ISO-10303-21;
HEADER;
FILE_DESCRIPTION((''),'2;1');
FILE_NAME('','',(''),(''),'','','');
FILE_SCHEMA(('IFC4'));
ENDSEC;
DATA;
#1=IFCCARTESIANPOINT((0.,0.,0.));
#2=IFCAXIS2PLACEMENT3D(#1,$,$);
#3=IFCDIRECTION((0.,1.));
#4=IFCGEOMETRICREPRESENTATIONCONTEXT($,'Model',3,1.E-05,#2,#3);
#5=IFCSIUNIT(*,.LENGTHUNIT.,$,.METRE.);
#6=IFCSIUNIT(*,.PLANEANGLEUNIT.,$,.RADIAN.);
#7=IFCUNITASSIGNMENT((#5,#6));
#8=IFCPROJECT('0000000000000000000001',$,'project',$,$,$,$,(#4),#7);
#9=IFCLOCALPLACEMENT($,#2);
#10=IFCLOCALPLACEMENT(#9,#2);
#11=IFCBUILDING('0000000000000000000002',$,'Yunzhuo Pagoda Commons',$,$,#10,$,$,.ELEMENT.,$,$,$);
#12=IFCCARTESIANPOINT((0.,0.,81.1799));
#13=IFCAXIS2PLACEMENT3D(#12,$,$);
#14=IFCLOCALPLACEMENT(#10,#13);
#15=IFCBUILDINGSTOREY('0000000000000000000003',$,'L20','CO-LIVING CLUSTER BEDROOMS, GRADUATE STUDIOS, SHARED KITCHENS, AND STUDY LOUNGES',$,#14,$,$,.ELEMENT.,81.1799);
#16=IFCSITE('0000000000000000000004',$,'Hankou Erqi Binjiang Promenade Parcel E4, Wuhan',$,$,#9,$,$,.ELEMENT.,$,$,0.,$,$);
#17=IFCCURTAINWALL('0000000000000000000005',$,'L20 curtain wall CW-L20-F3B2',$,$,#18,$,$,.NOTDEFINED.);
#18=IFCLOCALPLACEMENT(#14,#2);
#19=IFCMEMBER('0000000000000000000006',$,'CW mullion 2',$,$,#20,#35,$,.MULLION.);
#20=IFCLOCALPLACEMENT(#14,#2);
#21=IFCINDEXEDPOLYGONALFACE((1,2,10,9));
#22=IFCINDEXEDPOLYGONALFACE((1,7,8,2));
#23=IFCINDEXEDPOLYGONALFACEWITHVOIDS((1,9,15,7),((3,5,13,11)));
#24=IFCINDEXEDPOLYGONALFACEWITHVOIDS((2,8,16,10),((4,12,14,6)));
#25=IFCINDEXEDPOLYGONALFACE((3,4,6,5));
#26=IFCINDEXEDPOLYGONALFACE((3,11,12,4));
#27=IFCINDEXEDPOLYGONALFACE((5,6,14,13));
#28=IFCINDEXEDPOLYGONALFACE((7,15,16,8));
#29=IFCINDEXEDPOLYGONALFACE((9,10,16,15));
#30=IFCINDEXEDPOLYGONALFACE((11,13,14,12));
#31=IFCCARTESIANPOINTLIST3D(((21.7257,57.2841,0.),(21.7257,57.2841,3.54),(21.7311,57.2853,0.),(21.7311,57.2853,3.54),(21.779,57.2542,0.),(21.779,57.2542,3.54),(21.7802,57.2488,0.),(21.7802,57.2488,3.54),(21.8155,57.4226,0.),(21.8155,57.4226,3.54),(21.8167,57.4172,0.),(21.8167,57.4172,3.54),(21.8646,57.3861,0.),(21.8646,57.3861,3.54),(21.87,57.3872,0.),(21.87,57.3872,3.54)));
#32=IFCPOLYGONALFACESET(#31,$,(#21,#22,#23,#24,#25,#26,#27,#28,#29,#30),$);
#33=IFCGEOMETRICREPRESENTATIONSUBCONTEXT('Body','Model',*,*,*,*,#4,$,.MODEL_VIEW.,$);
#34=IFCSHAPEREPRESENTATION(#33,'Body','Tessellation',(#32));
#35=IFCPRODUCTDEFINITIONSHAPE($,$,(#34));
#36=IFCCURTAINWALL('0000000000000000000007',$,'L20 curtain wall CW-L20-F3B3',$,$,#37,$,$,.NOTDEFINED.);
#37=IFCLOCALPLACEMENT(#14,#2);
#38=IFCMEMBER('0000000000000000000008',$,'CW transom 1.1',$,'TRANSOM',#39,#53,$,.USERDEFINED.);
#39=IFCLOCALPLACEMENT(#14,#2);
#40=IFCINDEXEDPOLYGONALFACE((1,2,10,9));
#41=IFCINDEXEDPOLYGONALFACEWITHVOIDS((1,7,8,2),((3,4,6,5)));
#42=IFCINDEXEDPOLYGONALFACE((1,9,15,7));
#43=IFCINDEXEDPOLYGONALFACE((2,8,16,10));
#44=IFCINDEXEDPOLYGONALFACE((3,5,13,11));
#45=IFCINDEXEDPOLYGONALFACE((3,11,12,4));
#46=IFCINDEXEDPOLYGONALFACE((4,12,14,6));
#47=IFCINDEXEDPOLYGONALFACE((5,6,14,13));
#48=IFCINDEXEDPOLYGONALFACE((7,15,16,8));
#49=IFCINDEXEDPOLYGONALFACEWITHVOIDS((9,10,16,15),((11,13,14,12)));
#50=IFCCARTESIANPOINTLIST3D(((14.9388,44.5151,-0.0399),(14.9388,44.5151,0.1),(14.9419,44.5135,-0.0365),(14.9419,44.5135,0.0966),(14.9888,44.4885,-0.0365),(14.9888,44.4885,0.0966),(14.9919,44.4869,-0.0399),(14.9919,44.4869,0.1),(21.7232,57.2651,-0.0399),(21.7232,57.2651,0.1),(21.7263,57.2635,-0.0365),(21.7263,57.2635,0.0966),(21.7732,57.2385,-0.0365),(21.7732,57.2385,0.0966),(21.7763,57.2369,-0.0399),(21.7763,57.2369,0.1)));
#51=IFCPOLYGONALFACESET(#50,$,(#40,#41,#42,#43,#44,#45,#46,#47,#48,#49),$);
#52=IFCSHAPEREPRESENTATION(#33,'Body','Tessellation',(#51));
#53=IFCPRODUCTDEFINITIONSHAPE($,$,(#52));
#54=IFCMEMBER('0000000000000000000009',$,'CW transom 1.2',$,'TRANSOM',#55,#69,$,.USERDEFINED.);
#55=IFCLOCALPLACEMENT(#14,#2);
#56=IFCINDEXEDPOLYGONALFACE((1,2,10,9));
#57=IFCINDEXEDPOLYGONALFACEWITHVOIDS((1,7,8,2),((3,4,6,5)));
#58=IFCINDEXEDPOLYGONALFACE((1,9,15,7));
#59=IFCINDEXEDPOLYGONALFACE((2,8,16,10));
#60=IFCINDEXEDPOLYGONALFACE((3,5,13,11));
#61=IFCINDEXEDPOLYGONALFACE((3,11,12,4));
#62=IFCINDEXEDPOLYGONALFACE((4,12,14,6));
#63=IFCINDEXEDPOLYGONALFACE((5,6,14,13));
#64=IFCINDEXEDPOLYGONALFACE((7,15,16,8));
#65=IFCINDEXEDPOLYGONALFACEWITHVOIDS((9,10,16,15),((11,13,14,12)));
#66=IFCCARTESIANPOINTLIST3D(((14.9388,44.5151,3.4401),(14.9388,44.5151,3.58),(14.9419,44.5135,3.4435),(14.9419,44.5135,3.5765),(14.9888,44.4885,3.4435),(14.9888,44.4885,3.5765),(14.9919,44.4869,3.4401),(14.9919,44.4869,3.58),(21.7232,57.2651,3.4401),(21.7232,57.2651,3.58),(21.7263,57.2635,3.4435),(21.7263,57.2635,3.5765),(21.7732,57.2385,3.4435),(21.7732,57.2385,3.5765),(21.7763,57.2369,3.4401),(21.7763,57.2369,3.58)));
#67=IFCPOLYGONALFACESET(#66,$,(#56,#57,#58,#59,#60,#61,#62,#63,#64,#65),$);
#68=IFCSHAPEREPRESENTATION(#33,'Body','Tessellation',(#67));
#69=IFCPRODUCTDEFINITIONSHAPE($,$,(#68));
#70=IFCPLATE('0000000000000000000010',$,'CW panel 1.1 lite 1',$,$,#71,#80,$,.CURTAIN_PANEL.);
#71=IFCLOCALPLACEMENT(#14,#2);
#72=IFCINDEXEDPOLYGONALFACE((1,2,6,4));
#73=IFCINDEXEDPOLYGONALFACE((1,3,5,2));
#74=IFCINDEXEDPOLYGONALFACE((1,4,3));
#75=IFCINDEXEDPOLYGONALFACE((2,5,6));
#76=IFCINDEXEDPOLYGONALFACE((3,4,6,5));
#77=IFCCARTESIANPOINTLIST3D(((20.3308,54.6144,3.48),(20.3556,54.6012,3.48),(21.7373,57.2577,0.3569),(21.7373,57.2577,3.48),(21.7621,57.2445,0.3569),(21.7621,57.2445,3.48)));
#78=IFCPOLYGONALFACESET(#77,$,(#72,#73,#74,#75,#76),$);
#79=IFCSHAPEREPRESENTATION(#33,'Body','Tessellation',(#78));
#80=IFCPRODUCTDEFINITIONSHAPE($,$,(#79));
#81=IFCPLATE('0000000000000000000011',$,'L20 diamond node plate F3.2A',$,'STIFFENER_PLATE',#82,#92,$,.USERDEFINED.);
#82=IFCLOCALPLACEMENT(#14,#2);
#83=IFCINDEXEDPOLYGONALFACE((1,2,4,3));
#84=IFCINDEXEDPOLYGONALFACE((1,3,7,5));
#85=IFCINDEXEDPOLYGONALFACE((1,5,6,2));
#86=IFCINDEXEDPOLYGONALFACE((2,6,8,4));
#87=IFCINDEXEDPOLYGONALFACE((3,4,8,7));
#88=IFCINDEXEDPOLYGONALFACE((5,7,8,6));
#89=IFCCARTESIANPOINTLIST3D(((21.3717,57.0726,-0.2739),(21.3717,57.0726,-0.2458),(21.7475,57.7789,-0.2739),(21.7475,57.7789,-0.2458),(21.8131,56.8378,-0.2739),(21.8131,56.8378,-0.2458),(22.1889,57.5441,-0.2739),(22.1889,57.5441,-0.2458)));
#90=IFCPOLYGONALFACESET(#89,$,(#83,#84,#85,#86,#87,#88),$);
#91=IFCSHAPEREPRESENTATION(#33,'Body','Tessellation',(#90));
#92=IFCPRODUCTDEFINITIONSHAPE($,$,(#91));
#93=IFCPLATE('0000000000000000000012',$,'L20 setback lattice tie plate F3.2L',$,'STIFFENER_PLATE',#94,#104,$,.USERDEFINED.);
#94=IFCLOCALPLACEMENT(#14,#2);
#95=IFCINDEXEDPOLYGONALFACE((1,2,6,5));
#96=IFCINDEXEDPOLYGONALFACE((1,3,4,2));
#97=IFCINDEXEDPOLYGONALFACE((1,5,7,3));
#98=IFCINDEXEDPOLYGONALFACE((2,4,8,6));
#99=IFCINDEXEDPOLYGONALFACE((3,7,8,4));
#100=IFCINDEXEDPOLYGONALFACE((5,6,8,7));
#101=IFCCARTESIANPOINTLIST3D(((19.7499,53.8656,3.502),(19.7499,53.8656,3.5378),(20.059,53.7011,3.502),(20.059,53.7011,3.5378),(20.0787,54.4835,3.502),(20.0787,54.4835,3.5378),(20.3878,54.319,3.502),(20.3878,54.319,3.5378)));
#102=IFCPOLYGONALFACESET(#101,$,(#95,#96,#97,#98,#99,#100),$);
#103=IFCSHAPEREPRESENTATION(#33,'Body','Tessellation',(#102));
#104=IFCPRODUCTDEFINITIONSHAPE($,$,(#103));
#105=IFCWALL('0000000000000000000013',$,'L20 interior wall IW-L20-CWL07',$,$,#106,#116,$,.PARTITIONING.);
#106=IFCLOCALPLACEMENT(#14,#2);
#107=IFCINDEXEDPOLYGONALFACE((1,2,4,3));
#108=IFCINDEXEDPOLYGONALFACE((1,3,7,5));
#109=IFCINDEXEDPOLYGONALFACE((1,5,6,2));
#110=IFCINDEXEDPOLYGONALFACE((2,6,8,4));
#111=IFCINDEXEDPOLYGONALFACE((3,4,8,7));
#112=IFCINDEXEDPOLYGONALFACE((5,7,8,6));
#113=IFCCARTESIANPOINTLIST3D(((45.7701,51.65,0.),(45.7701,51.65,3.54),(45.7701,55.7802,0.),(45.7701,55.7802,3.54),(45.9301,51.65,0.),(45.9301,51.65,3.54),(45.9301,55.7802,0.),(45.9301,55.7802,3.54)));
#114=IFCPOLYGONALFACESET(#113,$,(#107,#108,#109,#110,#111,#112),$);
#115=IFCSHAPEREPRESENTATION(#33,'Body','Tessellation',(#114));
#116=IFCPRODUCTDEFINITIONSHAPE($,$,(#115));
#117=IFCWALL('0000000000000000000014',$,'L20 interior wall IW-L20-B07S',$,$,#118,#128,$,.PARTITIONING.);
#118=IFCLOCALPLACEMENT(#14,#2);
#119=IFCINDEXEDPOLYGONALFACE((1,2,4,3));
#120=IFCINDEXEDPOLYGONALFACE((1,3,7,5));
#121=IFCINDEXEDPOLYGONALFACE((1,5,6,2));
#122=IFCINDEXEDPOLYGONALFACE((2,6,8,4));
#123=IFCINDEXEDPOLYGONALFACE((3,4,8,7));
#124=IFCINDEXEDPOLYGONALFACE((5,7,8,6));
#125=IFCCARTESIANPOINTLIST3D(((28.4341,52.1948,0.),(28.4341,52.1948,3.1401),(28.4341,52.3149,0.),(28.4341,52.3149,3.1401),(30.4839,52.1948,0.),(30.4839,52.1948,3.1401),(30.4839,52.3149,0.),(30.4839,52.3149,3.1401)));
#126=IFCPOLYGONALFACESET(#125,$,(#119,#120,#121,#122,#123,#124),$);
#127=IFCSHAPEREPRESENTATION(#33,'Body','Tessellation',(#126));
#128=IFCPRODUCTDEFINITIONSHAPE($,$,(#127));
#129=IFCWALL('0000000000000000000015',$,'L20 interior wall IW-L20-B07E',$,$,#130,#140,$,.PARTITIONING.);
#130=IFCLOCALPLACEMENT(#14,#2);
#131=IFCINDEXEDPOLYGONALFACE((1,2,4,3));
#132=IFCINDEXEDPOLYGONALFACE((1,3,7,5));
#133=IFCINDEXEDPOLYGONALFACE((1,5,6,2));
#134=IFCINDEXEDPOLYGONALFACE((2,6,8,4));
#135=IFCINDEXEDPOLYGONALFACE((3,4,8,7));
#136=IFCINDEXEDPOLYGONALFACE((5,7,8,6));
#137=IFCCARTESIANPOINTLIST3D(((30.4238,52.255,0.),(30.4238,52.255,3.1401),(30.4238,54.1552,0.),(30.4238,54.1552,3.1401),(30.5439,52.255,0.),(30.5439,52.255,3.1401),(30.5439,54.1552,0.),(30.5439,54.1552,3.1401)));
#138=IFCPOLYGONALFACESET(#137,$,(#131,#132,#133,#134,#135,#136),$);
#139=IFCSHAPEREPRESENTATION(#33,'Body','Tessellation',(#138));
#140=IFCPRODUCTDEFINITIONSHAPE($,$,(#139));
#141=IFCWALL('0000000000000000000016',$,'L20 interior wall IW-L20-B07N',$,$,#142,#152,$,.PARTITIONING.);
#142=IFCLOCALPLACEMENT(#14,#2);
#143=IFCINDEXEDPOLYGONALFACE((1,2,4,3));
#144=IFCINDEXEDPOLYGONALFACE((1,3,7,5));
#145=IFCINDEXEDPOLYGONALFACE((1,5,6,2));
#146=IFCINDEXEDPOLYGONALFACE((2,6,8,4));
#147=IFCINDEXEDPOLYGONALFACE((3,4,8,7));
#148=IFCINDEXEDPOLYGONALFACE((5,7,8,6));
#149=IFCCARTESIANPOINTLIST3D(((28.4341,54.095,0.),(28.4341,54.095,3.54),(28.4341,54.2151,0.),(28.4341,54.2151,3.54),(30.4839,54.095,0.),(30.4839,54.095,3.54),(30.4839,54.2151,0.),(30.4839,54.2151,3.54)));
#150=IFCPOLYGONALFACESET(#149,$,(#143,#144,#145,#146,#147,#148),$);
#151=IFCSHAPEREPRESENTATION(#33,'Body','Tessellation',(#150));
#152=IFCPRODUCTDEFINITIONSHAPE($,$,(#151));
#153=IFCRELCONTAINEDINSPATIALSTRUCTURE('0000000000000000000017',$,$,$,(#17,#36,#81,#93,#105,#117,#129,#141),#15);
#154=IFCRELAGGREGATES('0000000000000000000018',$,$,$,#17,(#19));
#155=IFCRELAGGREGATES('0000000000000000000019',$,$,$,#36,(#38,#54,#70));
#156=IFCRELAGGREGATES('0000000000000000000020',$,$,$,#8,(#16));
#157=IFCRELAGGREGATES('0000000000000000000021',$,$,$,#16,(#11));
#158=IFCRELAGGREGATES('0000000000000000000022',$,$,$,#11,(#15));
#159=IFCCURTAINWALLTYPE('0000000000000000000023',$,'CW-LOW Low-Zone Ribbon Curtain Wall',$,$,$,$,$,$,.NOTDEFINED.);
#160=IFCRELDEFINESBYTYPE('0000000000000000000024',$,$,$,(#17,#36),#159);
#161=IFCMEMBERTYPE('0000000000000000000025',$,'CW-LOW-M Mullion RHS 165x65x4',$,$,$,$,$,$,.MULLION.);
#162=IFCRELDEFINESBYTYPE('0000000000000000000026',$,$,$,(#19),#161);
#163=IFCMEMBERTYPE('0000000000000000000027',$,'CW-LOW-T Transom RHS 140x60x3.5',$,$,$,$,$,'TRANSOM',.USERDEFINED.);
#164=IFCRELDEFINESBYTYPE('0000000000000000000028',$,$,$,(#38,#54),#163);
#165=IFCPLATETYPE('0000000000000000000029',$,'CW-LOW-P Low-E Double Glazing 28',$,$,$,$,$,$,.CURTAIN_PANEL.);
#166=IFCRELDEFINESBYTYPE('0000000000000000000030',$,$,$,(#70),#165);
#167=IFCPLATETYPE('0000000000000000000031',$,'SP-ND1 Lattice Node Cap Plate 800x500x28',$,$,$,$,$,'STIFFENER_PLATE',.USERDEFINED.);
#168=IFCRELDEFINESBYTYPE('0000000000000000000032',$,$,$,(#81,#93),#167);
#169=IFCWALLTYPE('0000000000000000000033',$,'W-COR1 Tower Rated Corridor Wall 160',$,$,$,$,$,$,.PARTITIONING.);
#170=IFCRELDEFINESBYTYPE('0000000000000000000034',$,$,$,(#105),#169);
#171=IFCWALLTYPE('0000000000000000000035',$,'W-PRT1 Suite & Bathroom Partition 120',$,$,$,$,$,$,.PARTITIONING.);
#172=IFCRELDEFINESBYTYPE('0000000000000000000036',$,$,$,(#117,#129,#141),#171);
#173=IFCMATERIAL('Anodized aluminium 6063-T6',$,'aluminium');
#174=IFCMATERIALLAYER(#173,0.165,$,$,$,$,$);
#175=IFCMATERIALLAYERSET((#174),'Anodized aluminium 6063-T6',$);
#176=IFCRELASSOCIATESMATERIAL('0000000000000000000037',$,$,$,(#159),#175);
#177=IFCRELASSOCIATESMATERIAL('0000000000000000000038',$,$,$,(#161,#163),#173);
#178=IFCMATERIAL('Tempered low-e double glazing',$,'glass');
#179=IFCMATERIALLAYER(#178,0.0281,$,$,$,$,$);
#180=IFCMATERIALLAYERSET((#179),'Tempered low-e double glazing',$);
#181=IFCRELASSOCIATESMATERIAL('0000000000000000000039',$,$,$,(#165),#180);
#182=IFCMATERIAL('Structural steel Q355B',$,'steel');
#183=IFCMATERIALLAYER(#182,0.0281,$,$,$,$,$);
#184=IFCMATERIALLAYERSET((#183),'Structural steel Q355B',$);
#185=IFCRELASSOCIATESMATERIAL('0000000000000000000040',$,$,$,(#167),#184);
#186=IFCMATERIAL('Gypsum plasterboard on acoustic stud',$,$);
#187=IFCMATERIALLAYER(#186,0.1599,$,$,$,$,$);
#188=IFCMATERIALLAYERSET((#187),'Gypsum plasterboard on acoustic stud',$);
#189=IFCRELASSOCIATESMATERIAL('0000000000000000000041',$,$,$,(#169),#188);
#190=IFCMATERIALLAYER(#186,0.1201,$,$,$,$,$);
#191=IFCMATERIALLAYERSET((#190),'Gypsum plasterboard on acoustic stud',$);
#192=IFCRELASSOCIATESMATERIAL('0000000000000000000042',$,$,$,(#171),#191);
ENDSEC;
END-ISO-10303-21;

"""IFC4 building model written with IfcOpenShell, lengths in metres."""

from ifc_helpers import new_model, si_unit, direction, frame, frame_2d, origin, origin_2d, place, context, subcontext, project, spatial, polyline, rectangle, hollow_rectangle, outline, extrude, source, transform, mapped, material, layer, layer_set, material_profile, profile_set, type_object, element, aggregate, save


model = new_model("IFC4")

# Units and contexts
model_context = context("Model", 3, precision=1e-05, world=origin(), true_north=direction((0.0, 1.0)))
body_context = subcontext(model_context, "Body", "Model", "MODEL_VIEW")
ifc_project = project(units=[si_unit("LENGTHUNIT", "METRE"), si_unit("PLANEANGLEUNIT", "RADIAN")], contexts=[model_context])

# Site, building, storey
site_placement = place(None, origin())
site = spatial("IfcSite", under=ifc_project, at=site_placement, Name="Hankou Erqi Binjiang Promenade Parcel E4, Wuhan", CompositionType="ELEMENT", RefElevation=0.0)
building_placement = place(site_placement, origin())
building = spatial("IfcBuilding", under=site, at=building_placement, Name="Yunzhuo Pagoda Commons", CompositionType="ELEMENT")
storey_placement = place(building_placement, frame((0.0, 0.0, 81.1799)))
storey = spatial("IfcBuildingStorey", under=building, at=storey_placement, Name="L20", Description="CO-LIVING CLUSTER BEDROOMS, GRADUATE STUDIOS, SHARED KITCHENS, AND STUDY LOUNGES", CompositionType="ELEMENT", Elevation=81.1799)

# Shared definitions
ifc_material_1 = material(Name="Structural steel Q355B", Category="steel")

# Curtain wall, member
ifc_material_2 = material(Name="Anodized aluminium 6063-T6", Category="aluminium")
ifc_layer_1 = layer(ifc_material_2, 0.165)
ifc_layer_set_1 = layer_set([ifc_layer_1], Name="Anodized aluminium 6063-T6")
curtain_wall_type = type_object("IfcCurtainWallType", Name="CW-LOW Low-Zone Ribbon Curtain Wall", PredefinedType="NOTDEFINED", material=ifc_layer_set_1)
curtain_wall_1_placement = place(storey_placement, origin())
curtain_wall_1 = element("IfcCurtainWall", 1, at=curtain_wall_1_placement, inside=storey, type_object=curtain_wall_type, Name="L20 curtain wall CW-L20-F3B2", PredefinedType="NOTDEFINED")
ifc_material_profile_1 = material_profile(ifc_material_2, hollow_rectangle(XDim=0.0649, YDim=0.165, WallThickness=0.0039, at=origin_2d()), Name="Anodized aluminium 6063-T6")
ifc_profile_set_1 = profile_set([ifc_material_profile_1], Name="Anodized aluminium 6063-T6")
member_type_1 = type_object("IfcMemberType", Name="CW-LOW-M Mullion RHS 165x65x4", PredefinedType="MULLION", material=ifc_profile_set_1)
shared_shape_1 = source(origin(), body_context, "Body", "SweptSolid", [
    extrude(hollow_rectangle(XDim=0.0649, YDim=0.165, WallThickness=0.0039, at=origin_2d()), origin(), (0.0, 0.0, 1.0), 3.54),
])
member_1_placement = place(storey_placement, frame((21.7979, 57.3357, 0.0), z_axis=(0.0, 0.0, 1.0), x_axis=(0.838907, -0.544275, 0.0)))
member_1 = element("IfcMember", 2, at=member_1_placement, type_object=member_type_1, Name="CW mullion 2", PredefinedType="MULLION", context=body_context, shape_type="MappedRepresentation", body=[
    mapped(shared_shape_1, transform((0.0, 0.0, 0.0), scale=1.0)),
])
aggregate(curtain_wall_1, [member_1])

# Curtain wall, members, plate
curtain_wall_2_placement = place(storey_placement, origin())
curtain_wall_2 = element("IfcCurtainWall", 3, at=curtain_wall_2_placement, inside=storey, type_object=curtain_wall_type, Name="L20 curtain wall CW-L20-F3B3", PredefinedType="NOTDEFINED")
ifc_material_profile_2 = material_profile(ifc_material_2, hollow_rectangle(XDim=0.0601, YDim=0.1399, WallThickness=0.0034, at=origin_2d()), Name="Anodized aluminium 6063-T6")
ifc_profile_set_2 = profile_set([ifc_material_profile_2], Name="Anodized aluminium 6063-T6")
member_type_2 = type_object("IfcMemberType", Name="CW-LOW-T Transom RHS 140x60x3.5", ElementType="TRANSOM", PredefinedType="USERDEFINED", material=ifc_profile_set_2)
shared_shape_2 = source(origin(), body_context, "Body", "SweptSolid", [
    extrude(hollow_rectangle(XDim=0.0601, YDim=0.1399, WallThickness=0.0034, at=origin_2d()), origin(), (0.0, 0.0, 1.0), 14.4426),
])
member_2_placement = place(storey_placement, frame((21.7498, 57.251, 0.03), z_axis=(-0.469748, -0.8828, 0.0), x_axis=(0.8828, -0.469748, 0.0)))
member_2 = element("IfcMember", 4, at=member_2_placement, type_object=member_type_2, Name="CW transom 1.1", ObjectType="TRANSOM", PredefinedType="USERDEFINED", context=body_context, shape_type="MappedRepresentation", body=[
    mapped(shared_shape_2, transform((0.0, 0.0, 0.0), scale=1.0)),
])
member_3_placement = place(storey_placement, frame((21.7498, 57.251, 3.51), z_axis=(-0.469748, -0.8828, 0.0), x_axis=(0.8828, -0.469748, 0.0)))
member_3 = element("IfcMember", 5, at=member_3_placement, type_object=member_type_2, Name="CW transom 1.2", ObjectType="TRANSOM", PredefinedType="USERDEFINED", context=body_context, shape_type="MappedRepresentation", body=[
    mapped(shared_shape_2, transform((0.0, 0.0, 0.0), scale=1.0)),
])
ifc_material_3 = material(Name="Tempered low-e double glazing", Category="glass")
ifc_layer_2 = layer(ifc_material_3, 0.0281)
ifc_layer_set_2 = layer_set([ifc_layer_2], Name="Tempered low-e double glazing")
plate_type_1 = type_object("IfcPlateType", Name="CW-LOW-P Low-E Double Glazing 28", PredefinedType="CURTAIN_PANEL", material=ifc_layer_set_2)
plate_1_placement = place(storey_placement, frame((21.0588, 55.9229, 1.9185), z_axis=(-0.882805, 0.46974, 0.0), x_axis=(-0.46974, -0.882805, 0.0)))
plate_1 = element("IfcPlate", 6, at=plate_1_placement, type_object=plate_type_1, Name="CW panel 1.1 lite 1", PredefinedType="CURTAIN_PANEL", context=body_context, shape_type="SweptSolid", body=[
    extrude(outline(polyline([(-1.4971, -1.5615), (1.4971, 1.5615), (-1.4971, 1.5615), (-1.4971, -1.5615)])), origin(), (0.0, 0.0, 1.0), 0.0281),
])
aggregate(curtain_wall_2, [member_2, member_3, plate_1])

# Plates
ifc_layer_3 = layer(ifc_material_1, 0.0281)
ifc_layer_set_3 = layer_set([ifc_layer_3], Name="Structural steel Q355B")
plate_type_2 = type_object("IfcPlateType", Name="SP-ND1 Lattice Node Cap Plate 800x500x28", ElementType="STIFFENER_PLATE", PredefinedType="USERDEFINED", material=ifc_layer_set_3)
shared_shape_3 = source(origin(), body_context, "Body", "SweptSolid", [
    extrude(rectangle(XDim=0.8, YDim=0.5, at=origin_2d()), origin(), (0.0, 0.0, 1.0), 0.0281),
])
plate_2_placement = place(storey_placement, frame((21.7803, 57.3083, -0.2739), z_axis=(0.0, 0.0, 1.0), x_axis=(-0.469734, -0.882808, 0.0)))
element("IfcPlate", 7, at=plate_2_placement, inside=storey, type_object=plate_type_2, Name="L20 diamond node plate F3.2A", ObjectType="STIFFENER_PLATE", PredefinedType="USERDEFINED", context=body_context, shape_type="MappedRepresentation", body=[
    mapped(shared_shape_3, transform((0.0, 0.0, 0.0), scale=1.0)),
])
shared_shape_4 = source(origin(), body_context, "Body", "SweptSolid", [
    extrude(rectangle(XDim=0.7, YDim=0.3501, at=origin_2d()), origin(), (0.0, 0.0, 1.0), 0.0359),
])
plate_3_placement = place(storey_placement, frame((20.0688, 54.0923, 3.502), z_axis=(0.0, 0.0, 1.0), x_axis=(-0.469734, -0.882808, 0.0)))
element("IfcPlate", 8, at=plate_3_placement, inside=storey, type_object=plate_type_2, Name="L20 setback lattice tie plate F3.2L", ObjectType="STIFFENER_PLATE", PredefinedType="USERDEFINED", context=body_context, shape_type="MappedRepresentation", body=[
    mapped(shared_shape_4, transform((0.0, 0.0, 0.0), scale=1.0)),
])

# Walls
ifc_material_4 = material(Name="Gypsum plasterboard on acoustic stud")
ifc_layer_4 = layer(ifc_material_4, 0.1599)
ifc_layer_set_4 = layer_set([ifc_layer_4], Name="Gypsum plasterboard on acoustic stud")
wall_type_1 = type_object("IfcWallType", Name="W-COR1 Tower Rated Corridor Wall 160", PredefinedType="PARTITIONING", material=ifc_layer_set_4)
wall_1_placement = place(storey_placement, frame((45.8501, 55.78, 0.0), z_axis=(0.0, 0.0, 1.0), x_axis=(0.0, -1.0, 0.0)))
element("IfcWall", 9, at=wall_1_placement, inside=storey, type_object=wall_type_1, Name="L20 interior wall IW-L20-CWL07", PredefinedType="PARTITIONING", context=body_context, shape_type="SweptSolid", body=[
    extrude(rectangle(XDim=4.1301, YDim=0.1599, at=frame_2d((2.0649, 0.0))), origin(), (0.0, 0.0, 1.0), 3.54),
])
ifc_layer_5 = layer(ifc_material_4, 0.1201)
ifc_layer_set_5 = layer_set([ifc_layer_5], Name="Gypsum plasterboard on acoustic stud")
wall_type_2 = type_object("IfcWallType", Name="W-PRT1 Suite & Bathroom Partition 120", PredefinedType="PARTITIONING", material=ifc_layer_set_5)
wall_2_placement = place(storey_placement, frame((28.4341, 52.2549, 0.0), z_axis=(0.0, 0.0, 1.0), x_axis=(1.0, 0.0, 0.0)))
element("IfcWall", 10, at=wall_2_placement, inside=storey, type_object=wall_type_2, Name="L20 interior wall IW-L20-B07S", PredefinedType="PARTITIONING", context=body_context, shape_type="SweptSolid", body=[
    extrude(rectangle(XDim=2.0498, YDim=0.1201, at=frame_2d((1.0249, 0.0))), origin(), (0.0, 0.0, 1.0), 3.1401),
])
wall_3_placement = place(storey_placement, frame((30.4839, 52.2549, 0.0), z_axis=(0.0, 0.0, 1.0), x_axis=(0.0, 1.0, 0.0)))
element("IfcWall", 11, at=wall_3_placement, inside=storey, type_object=wall_type_2, Name="L20 interior wall IW-L20-B07E", PredefinedType="PARTITIONING", context=body_context, shape_type="SweptSolid", body=[
    extrude(rectangle(XDim=1.9001, YDim=0.1201, at=frame_2d((0.9502, 0.0))), origin(), (0.0, 0.0, 1.0), 3.1401),
])
wall_4_placement = place(storey_placement, frame((30.4839, 54.155, 0.0), z_axis=(0.0, 0.0, 1.0), x_axis=(-1.0, 0.0, 0.0)))
element("IfcWall", 12, at=wall_4_placement, inside=storey, type_object=wall_type_2, Name="L20 interior wall IW-L20-B07N", PredefinedType="PARTITIONING", context=body_context, shape_type="SweptSolid", body=[
    extrude(rectangle(XDim=2.0498, YDim=0.1201, at=frame_2d((1.0249, 0.0))), origin(), (0.0, 0.0, 1.0), 3.54),
])

save(model, "model.ifc")
